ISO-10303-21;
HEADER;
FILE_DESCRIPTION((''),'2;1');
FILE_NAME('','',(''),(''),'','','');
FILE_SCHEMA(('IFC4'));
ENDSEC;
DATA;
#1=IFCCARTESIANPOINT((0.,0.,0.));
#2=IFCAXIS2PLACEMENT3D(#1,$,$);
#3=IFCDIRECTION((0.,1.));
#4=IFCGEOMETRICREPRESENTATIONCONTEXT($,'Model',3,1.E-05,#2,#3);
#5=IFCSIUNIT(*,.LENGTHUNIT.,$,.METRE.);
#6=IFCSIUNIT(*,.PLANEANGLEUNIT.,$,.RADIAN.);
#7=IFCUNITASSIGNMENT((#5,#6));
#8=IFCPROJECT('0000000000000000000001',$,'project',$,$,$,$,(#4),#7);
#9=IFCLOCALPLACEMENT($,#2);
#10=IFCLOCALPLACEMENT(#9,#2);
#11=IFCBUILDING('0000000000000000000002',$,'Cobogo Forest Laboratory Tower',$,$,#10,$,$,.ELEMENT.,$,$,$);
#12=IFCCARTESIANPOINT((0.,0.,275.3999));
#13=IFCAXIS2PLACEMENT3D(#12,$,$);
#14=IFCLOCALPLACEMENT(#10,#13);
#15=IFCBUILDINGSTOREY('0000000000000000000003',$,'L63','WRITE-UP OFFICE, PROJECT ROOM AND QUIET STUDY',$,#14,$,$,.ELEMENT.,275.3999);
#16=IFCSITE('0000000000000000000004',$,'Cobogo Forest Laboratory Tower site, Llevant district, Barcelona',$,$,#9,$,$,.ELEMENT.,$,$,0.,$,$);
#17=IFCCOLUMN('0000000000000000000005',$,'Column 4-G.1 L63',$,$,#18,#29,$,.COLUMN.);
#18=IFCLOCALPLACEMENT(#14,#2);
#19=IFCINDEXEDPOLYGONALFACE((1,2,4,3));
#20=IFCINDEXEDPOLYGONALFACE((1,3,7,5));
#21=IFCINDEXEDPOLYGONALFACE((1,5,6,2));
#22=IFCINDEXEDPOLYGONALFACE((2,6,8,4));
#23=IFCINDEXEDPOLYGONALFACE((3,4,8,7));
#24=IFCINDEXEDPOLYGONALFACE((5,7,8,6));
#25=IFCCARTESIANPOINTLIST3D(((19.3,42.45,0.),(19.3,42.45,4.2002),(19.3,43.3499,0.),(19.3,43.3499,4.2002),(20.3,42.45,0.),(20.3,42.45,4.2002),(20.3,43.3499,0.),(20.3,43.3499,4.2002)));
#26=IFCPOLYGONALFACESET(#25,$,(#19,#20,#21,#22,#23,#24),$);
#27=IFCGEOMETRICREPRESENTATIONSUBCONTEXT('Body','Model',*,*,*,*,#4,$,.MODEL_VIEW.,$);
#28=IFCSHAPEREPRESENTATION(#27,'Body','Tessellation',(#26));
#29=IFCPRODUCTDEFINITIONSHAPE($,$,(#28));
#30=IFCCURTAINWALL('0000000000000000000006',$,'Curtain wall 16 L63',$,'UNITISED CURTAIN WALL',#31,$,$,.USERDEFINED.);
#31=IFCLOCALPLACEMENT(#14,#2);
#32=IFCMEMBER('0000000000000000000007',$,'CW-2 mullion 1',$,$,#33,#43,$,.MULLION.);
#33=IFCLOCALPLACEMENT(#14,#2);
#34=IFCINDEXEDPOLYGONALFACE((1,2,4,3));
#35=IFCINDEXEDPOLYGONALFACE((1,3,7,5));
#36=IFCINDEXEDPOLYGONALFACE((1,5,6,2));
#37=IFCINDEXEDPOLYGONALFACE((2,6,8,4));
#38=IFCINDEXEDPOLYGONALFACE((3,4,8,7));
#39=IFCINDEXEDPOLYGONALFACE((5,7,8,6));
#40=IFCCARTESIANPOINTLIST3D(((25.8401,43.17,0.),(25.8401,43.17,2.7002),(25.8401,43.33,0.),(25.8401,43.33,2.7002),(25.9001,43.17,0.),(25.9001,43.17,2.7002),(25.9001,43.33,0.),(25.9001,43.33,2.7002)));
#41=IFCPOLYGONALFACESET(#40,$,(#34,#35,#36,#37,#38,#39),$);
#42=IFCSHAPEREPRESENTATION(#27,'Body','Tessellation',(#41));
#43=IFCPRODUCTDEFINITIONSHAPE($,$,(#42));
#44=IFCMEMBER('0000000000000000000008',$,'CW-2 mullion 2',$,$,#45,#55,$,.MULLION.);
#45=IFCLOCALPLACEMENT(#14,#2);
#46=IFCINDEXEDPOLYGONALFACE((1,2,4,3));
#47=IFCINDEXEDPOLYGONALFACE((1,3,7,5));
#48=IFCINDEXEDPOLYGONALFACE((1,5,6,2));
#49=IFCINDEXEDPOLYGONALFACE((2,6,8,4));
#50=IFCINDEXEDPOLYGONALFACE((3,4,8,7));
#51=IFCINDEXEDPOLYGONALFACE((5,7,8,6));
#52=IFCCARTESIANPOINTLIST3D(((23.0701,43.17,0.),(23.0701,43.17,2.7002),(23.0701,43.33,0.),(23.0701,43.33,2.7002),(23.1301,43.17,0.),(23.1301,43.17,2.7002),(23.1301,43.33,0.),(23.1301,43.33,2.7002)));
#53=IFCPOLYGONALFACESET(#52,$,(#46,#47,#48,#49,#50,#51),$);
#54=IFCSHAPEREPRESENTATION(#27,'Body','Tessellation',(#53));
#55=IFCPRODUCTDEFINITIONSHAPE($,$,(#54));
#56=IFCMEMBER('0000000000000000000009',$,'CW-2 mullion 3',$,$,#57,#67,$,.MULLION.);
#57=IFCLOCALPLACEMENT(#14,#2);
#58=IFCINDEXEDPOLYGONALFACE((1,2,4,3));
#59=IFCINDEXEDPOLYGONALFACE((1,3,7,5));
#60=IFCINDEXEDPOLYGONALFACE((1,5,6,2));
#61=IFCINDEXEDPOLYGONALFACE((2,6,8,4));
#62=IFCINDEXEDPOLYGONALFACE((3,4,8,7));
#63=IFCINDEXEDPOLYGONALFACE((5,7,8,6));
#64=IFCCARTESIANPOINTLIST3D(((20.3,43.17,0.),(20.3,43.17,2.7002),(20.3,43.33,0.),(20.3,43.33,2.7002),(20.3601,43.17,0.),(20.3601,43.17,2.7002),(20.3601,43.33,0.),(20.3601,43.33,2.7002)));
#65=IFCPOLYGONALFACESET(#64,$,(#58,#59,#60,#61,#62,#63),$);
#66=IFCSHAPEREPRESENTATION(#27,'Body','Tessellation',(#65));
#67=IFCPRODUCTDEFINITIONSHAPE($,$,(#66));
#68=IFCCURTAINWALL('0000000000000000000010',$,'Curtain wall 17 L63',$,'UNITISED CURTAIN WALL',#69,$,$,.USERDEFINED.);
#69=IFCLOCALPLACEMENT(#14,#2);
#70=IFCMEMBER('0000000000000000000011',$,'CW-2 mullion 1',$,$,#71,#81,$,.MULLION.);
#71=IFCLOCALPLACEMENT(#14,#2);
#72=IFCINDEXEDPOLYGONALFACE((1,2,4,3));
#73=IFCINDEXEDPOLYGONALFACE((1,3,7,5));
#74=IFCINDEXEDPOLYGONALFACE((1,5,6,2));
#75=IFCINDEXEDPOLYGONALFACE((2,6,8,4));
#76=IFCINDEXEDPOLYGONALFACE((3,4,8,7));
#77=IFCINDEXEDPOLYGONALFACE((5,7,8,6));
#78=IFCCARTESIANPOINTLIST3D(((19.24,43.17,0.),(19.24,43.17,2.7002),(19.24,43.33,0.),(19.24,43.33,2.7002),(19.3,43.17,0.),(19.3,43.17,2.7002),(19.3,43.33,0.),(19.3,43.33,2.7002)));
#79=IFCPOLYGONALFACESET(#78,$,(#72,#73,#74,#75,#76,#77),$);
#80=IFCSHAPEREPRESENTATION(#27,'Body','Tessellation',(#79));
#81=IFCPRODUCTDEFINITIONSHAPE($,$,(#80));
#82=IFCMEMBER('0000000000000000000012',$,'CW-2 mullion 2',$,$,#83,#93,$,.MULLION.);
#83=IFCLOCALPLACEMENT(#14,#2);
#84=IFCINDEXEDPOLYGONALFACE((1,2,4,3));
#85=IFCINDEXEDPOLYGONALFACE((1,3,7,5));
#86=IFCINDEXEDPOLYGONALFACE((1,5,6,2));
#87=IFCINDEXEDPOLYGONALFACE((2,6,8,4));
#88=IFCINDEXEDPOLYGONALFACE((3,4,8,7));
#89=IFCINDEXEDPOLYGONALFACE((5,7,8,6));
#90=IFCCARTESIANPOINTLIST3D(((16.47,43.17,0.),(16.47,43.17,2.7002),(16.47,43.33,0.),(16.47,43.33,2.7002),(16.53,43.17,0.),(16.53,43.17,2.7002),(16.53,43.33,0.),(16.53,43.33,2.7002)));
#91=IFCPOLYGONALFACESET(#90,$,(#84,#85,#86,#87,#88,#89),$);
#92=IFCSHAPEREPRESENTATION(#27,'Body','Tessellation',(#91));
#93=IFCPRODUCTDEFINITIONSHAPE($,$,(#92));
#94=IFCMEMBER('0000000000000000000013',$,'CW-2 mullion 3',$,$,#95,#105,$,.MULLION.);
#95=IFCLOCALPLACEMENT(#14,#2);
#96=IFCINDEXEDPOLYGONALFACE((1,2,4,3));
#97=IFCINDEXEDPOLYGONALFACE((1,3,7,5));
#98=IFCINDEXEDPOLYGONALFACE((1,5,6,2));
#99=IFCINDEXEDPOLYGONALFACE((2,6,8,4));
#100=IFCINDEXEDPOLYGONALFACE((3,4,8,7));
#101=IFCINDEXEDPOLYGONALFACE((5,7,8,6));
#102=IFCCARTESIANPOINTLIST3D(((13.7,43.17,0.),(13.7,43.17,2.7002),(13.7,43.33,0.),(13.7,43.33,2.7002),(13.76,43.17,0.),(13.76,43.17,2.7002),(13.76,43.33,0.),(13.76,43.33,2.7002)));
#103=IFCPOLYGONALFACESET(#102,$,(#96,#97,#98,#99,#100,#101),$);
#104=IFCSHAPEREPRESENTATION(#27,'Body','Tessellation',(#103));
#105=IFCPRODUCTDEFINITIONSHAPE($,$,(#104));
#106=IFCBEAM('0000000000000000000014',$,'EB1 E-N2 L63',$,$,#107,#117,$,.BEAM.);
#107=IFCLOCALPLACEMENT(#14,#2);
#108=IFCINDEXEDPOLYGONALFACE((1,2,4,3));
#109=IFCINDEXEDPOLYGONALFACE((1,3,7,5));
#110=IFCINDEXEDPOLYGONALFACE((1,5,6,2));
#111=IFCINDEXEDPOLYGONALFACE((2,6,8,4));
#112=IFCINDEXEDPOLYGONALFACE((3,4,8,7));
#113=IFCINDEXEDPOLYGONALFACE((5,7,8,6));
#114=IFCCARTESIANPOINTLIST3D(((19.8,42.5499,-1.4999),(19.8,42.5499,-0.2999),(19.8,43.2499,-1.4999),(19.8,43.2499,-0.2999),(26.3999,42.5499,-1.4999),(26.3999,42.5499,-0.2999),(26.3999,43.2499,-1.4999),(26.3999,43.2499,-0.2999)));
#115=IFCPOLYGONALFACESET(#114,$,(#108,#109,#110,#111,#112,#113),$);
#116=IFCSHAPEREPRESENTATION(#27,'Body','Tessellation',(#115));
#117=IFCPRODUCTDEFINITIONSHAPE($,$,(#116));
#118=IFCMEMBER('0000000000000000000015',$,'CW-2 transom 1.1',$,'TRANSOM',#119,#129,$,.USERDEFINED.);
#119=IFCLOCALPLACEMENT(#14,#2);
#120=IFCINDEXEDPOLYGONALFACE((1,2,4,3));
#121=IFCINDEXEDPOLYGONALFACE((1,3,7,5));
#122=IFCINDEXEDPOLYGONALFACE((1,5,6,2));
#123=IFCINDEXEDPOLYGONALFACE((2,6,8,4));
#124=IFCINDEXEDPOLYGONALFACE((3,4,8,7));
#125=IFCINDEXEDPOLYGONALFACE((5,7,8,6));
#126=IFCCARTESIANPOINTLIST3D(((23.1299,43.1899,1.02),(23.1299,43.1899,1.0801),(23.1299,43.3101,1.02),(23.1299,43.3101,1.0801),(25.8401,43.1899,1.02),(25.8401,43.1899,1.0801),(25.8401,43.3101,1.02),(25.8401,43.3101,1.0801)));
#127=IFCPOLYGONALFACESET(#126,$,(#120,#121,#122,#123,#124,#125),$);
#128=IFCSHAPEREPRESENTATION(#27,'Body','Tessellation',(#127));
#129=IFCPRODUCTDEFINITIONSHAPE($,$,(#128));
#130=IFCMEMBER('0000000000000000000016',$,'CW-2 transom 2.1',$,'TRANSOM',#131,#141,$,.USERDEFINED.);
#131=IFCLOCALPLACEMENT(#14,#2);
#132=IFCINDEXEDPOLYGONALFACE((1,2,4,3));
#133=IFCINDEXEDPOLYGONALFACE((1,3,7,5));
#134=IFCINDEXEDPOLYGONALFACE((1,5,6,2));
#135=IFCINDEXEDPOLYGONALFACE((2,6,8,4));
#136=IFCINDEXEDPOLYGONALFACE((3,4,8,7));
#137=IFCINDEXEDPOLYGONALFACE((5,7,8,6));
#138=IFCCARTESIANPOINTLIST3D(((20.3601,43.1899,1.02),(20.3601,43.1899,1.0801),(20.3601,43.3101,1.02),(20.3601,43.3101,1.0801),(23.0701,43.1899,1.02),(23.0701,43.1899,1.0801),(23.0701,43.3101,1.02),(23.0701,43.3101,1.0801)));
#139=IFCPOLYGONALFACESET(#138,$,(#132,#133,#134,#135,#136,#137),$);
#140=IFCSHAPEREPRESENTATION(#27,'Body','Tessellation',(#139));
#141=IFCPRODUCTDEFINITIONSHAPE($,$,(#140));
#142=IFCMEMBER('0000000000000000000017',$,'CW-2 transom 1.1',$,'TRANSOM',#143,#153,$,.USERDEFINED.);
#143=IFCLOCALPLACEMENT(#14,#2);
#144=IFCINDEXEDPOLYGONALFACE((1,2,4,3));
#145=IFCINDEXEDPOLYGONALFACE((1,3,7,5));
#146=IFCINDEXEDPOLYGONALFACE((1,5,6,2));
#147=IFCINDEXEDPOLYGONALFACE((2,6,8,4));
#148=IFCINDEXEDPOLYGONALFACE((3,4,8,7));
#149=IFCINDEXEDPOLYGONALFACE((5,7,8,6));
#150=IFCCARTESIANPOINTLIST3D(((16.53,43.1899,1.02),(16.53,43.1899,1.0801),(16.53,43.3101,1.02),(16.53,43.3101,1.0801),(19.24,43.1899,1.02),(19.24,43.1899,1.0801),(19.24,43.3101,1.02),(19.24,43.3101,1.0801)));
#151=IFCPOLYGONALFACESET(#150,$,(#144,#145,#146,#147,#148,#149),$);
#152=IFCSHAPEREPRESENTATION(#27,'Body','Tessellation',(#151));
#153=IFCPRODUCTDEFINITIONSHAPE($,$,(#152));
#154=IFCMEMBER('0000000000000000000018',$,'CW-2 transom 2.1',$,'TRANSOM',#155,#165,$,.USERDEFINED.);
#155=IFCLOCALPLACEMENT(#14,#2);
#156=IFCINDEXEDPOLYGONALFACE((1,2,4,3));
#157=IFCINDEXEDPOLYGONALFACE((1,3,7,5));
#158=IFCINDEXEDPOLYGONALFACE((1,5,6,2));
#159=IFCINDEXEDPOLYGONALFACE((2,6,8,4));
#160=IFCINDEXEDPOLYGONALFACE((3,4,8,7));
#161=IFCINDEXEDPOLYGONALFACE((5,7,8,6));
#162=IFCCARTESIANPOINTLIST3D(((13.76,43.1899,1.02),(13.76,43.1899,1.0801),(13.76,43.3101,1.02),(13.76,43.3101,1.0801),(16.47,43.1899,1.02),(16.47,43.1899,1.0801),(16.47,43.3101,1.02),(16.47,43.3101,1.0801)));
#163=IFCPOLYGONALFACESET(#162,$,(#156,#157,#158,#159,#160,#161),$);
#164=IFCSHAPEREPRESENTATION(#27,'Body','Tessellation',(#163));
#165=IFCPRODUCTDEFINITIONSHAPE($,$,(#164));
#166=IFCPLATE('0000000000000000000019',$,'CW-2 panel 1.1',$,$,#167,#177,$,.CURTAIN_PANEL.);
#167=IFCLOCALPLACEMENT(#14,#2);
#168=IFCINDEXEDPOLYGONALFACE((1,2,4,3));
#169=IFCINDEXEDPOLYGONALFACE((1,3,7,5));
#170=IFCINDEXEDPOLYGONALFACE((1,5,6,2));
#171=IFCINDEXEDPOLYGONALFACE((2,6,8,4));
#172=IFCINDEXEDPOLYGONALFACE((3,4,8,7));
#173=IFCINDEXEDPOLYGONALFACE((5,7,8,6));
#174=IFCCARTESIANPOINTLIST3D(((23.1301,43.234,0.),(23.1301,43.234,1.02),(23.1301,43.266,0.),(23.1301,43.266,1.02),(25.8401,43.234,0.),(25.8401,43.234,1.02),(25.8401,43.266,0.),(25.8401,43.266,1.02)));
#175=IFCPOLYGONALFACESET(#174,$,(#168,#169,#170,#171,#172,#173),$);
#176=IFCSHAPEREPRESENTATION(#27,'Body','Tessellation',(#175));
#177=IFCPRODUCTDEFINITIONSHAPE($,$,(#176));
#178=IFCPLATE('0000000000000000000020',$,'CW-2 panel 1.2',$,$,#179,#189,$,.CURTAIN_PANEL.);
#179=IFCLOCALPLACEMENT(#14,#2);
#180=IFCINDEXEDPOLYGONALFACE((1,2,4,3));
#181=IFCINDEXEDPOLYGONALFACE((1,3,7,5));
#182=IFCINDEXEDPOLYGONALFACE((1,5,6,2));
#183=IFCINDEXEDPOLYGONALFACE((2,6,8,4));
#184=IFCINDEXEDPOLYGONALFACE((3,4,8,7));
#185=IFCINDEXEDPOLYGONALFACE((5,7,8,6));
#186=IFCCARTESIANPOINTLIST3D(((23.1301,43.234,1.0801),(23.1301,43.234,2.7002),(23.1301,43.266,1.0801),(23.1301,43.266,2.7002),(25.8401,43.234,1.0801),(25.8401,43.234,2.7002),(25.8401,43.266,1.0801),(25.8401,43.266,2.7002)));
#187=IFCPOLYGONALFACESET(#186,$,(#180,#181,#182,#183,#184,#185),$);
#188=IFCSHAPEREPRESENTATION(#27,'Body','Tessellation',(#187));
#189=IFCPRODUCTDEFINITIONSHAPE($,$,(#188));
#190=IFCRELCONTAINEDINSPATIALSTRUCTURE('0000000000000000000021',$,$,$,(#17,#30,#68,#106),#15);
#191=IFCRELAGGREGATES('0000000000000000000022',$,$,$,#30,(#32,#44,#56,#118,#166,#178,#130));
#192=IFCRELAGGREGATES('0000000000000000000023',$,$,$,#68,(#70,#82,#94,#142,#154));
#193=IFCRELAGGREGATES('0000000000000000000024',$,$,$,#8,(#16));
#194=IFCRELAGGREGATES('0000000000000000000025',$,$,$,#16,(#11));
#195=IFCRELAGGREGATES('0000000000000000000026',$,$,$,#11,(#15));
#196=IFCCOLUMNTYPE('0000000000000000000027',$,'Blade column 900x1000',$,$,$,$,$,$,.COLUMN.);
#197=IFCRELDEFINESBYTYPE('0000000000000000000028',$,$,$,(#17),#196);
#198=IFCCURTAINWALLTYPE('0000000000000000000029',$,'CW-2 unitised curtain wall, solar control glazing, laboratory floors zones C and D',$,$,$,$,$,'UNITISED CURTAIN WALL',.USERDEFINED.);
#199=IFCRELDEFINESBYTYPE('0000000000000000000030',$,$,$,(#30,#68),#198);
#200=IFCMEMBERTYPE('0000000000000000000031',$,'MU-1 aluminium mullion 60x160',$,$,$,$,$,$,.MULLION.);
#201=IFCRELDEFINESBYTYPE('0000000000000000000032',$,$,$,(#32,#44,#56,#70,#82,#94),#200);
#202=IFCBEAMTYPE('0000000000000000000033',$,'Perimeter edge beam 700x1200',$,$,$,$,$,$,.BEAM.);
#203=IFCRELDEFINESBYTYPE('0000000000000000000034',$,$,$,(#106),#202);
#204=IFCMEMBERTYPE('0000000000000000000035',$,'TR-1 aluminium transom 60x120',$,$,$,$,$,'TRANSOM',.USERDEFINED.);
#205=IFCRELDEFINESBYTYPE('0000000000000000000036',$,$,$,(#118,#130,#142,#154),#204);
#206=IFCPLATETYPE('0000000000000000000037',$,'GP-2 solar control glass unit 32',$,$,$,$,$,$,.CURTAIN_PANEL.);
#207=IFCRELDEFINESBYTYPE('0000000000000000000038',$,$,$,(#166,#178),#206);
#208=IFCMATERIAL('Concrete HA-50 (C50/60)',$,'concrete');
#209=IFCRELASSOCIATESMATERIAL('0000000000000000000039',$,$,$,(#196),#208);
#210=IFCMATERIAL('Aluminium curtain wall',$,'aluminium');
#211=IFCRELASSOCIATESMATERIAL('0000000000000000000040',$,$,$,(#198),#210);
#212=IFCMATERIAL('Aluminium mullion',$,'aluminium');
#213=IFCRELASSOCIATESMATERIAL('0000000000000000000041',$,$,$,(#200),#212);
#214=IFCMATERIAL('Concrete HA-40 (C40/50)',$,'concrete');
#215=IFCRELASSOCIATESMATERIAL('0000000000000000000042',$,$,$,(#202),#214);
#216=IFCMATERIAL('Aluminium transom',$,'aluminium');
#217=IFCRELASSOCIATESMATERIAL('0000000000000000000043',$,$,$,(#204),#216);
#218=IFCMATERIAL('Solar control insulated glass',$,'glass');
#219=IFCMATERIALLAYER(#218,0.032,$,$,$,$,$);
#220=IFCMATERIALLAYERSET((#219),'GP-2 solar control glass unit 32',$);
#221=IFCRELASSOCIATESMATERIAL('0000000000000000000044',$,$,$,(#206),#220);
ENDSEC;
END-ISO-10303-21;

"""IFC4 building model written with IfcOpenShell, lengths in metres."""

from ifc_helpers import new_model, si_unit, direction, frame, origin, origin_2d, place, context, subcontext, project, spatial, rectangle, extrude, material, layer, layer_set, material_profile, profile_set, type_object, element, aggregate, save


model = new_model("IFC4")

# Units and contexts
model_context = context("Model", 3, precision=1e-05, world=origin(), true_north=direction((0.0, 1.0)))
body_context = subcontext(model_context, "Body", "Model", "MODEL_VIEW")
ifc_project = project(units=[si_unit("LENGTHUNIT", "METRE"), si_unit("PLANEANGLEUNIT", "RADIAN")], contexts=[model_context])

# Site, building, storey
site_placement = place(None, origin())
site = spatial("IfcSite", under=ifc_project, at=site_placement, Name="Cobogo Forest Laboratory Tower site, Llevant district, Barcelona", CompositionType="ELEMENT", RefElevation=0.0)
building_placement = place(site_placement, origin())
building = spatial("IfcBuilding", under=site, at=building_placement, Name="Cobogo Forest Laboratory Tower", CompositionType="ELEMENT")
storey_placement = place(building_placement, frame((0.0, 0.0, 275.3999)))
storey = spatial("IfcBuildingStorey", under=building, at=storey_placement, Name="L63", Description="WRITE-UP OFFICE, PROJECT ROOM AND QUIET STUDY", CompositionType="ELEMENT", Elevation=275.3999)

# Column
ifc_material_1 = material(Name="Concrete HA-50 (C50/60)", Category="concrete")
ifc_material_profile_1 = material_profile(ifc_material_1, rectangle(XDim=1.0, YDim=0.8999, at=origin_2d()), Name="RC 900x1000")
ifc_profile_set_1 = profile_set([ifc_material_profile_1], Name="Concrete HA-50 (C50/60)")
column_type = type_object("IfcColumnType", Name="Blade column 900x1000", PredefinedType="COLUMN", material=ifc_profile_set_1)
column_placement = place(storey_placement, frame((19.8, 42.8999, 0.0), z_axis=(0.0, 0.0, 1.0), x_axis=(1.0, 0.0, 0.0)))
element("IfcColumn", 1, at=column_placement, inside=storey, type_object=column_type, Name="Column 4-G.1 L63", PredefinedType="COLUMN", context=body_context, shape_type="SweptSolid", body=[
    extrude(rectangle(XDim=1.0, YDim=0.8999, at=origin_2d()), origin(), (0.0, 0.0, 1.0), 4.2002),
])

# Curtain walls, members
ifc_material_2 = material(Name="Aluminium curtain wall", Category="aluminium")
curtain_wall_type = type_object("IfcCurtainWallType", Name="CW-2 unitised curtain wall, solar control glazing, laboratory floors zones C and D", ElementType="UNITISED CURTAIN WALL", PredefinedType="USERDEFINED", material=ifc_material_2)
curtain_wall_1_placement = place(storey_placement, origin())
curtain_wall_1 = element("IfcCurtainWall", 2, at=curtain_wall_1_placement, inside=storey, type_object=curtain_wall_type, Name="Curtain wall 16 L63", ObjectType="UNITISED CURTAIN WALL", PredefinedType="USERDEFINED")
ifc_material_3 = material(Name="Aluminium mullion", Category="aluminium")
ifc_material_profile_2 = material_profile(ifc_material_3, rectangle(XDim=0.0601, YDim=0.1599, at=origin_2d()), Name="AL 60x160")
ifc_profile_set_2 = profile_set([ifc_material_profile_2], Name="Aluminium mullion")
member_type_1 = type_object("IfcMemberType", Name="MU-1 aluminium mullion 60x160", PredefinedType="MULLION", material=ifc_profile_set_2)
member_1_placement = place(storey_placement, frame((25.8701, 43.25, 0.0), z_axis=(0.0, 0.0, 1.0), x_axis=(-1.0, 0.0, 0.0)))
member_1 = element("IfcMember", 3, at=member_1_placement, type_object=member_type_1, Name="CW-2 mullion 1", PredefinedType="MULLION", context=body_context, shape_type="SweptSolid", body=[
    extrude(rectangle(XDim=0.0601, YDim=0.1599, at=origin_2d()), origin(), (0.0, 0.0, 1.0), 2.7002),
])
member_2_placement = place(storey_placement, frame((23.1001, 43.25, 0.0), z_axis=(0.0, 0.0, 1.0), x_axis=(-1.0, 0.0, 0.0)))
member_2 = element("IfcMember", 4, at=member_2_placement, type_object=member_type_1, Name="CW-2 mullion 2", PredefinedType="MULLION", context=body_context, shape_type="SweptSolid", body=[
    extrude(rectangle(XDim=0.0601, YDim=0.1599, at=origin_2d()), origin(), (0.0, 0.0, 1.0), 2.7002),
])
member_3_placement = place(storey_placement, frame((20.3301, 43.25, 0.0), z_axis=(0.0, 0.0, 1.0), x_axis=(-1.0, 0.0, 0.0)))
member_3 = element("IfcMember", 5, at=member_3_placement, type_object=member_type_1, Name="CW-2 mullion 3", PredefinedType="MULLION", context=body_context, shape_type="SweptSolid", body=[
    extrude(rectangle(XDim=0.0601, YDim=0.1599, at=origin_2d()), origin(), (0.0, 0.0, 1.0), 2.7002),
])
curtain_wall_2_placement = place(storey_placement, origin())
curtain_wall_2 = element("IfcCurtainWall", 6, at=curtain_wall_2_placement, inside=storey, type_object=curtain_wall_type, Name="Curtain wall 17 L63", ObjectType="UNITISED CURTAIN WALL", PredefinedType="USERDEFINED")
member_4_placement = place(storey_placement, frame((19.27, 43.25, 0.0), z_axis=(0.0, 0.0, 1.0), x_axis=(-1.0, 0.0, 0.0)))
member_4 = element("IfcMember", 7, at=member_4_placement, type_object=member_type_1, Name="CW-2 mullion 1", PredefinedType="MULLION", context=body_context, shape_type="SweptSolid", body=[
    extrude(rectangle(XDim=0.0601, YDim=0.1599, at=origin_2d()), origin(), (0.0, 0.0, 1.0), 2.7002),
])
member_5_placement = place(storey_placement, frame((16.5, 43.25, 0.0), z_axis=(0.0, 0.0, 1.0), x_axis=(-1.0, 0.0, 0.0)))
member_5 = element("IfcMember", 8, at=member_5_placement, type_object=member_type_1, Name="CW-2 mullion 2", PredefinedType="MULLION", context=body_context, shape_type="SweptSolid", body=[
    extrude(rectangle(XDim=0.0601, YDim=0.1599, at=origin_2d()), origin(), (0.0, 0.0, 1.0), 2.7002),
])
member_6_placement = place(storey_placement, frame((13.73, 43.25, 0.0), z_axis=(0.0, 0.0, 1.0), x_axis=(-1.0, 0.0, 0.0)))
member_6 = element("IfcMember", 9, at=member_6_placement, type_object=member_type_1, Name="CW-2 mullion 3", PredefinedType="MULLION", context=body_context, shape_type="SweptSolid", body=[
    extrude(rectangle(XDim=0.0601, YDim=0.1599, at=origin_2d()), origin(), (0.0, 0.0, 1.0), 2.7002),
])

# Beam
ifc_material_4 = material(Name="Concrete HA-40 (C40/50)", Category="concrete")
ifc_material_profile_3 = material_profile(ifc_material_4, rectangle(XDim=0.7, YDim=1.2, at=origin_2d()), Name="RC 700x1200")
ifc_profile_set_3 = profile_set([ifc_material_profile_3], Name="Concrete HA-40 (C40/50)")
beam_type = type_object("IfcBeamType", Name="Perimeter edge beam 700x1200", PredefinedType="BEAM", material=ifc_profile_set_3)
beam_placement = place(storey_placement, frame((19.8, 42.8999, -0.8999), z_axis=(1.0, 0.0, 0.0), x_axis=(0.0, 1.0, 0.0)))
element("IfcBeam", 10, at=beam_placement, inside=storey, type_object=beam_type, Name="EB1 E-N2 L63", PredefinedType="BEAM", context=body_context, shape_type="SweptSolid", body=[
    extrude(rectangle(XDim=0.7, YDim=1.2, at=origin_2d()), origin(), (0.0, 0.0, 1.0), 6.5999),
])

# Members
ifc_material_5 = material(Name="Aluminium transom", Category="aluminium")
ifc_material_profile_4 = material_profile(ifc_material_5, rectangle(XDim=0.1201, YDim=0.0601, at=origin_2d()), Name="AL 60x120")
ifc_profile_set_4 = profile_set([ifc_material_profile_4], Name="Aluminium transom")
member_type_2 = type_object("IfcMemberType", Name="TR-1 aluminium transom 60x120", ElementType="TRANSOM", PredefinedType="USERDEFINED", material=ifc_profile_set_4)
member_7_placement = place(storey_placement, frame((25.8401, 43.25, 1.05), z_axis=(-1.0, 0.0, 0.0), x_axis=(0.0, -1.0, 0.0)))
member_7 = element("IfcMember", 11, at=member_7_placement, type_object=member_type_2, Name="CW-2 transom 1.1", ObjectType="TRANSOM", PredefinedType="USERDEFINED", context=body_context, shape_type="SweptSolid", body=[
    extrude(rectangle(XDim=0.1201, YDim=0.0601, at=origin_2d()), origin(), (0.0, 0.0, 1.0), 2.7102),
])
member_8_placement = place(storey_placement, frame((23.0701, 43.25, 1.05), z_axis=(-1.0, 0.0, 0.0), x_axis=(0.0, -1.0, 0.0)))
member_8 = element("IfcMember", 12, at=member_8_placement, type_object=member_type_2, Name="CW-2 transom 2.1", ObjectType="TRANSOM", PredefinedType="USERDEFINED", context=body_context, shape_type="SweptSolid", body=[
    extrude(rectangle(XDim=0.1201, YDim=0.0601, at=origin_2d()), origin(), (0.0, 0.0, 1.0), 2.71),
])
member_9_placement = place(storey_placement, frame((19.24, 43.25, 1.05), z_axis=(-1.0, 0.0, 0.0), x_axis=(0.0, -1.0, 0.0)))
member_9 = element("IfcMember", 13, at=member_9_placement, type_object=member_type_2, Name="CW-2 transom 1.1", ObjectType="TRANSOM", PredefinedType="USERDEFINED", context=body_context, shape_type="SweptSolid", body=[
    extrude(rectangle(XDim=0.1201, YDim=0.0601, at=origin_2d()), origin(), (0.0, 0.0, 1.0), 2.71),
])
member_10_placement = place(storey_placement, frame((16.47, 43.25, 1.05), z_axis=(-1.0, 0.0, 0.0), x_axis=(0.0, -1.0, 0.0)))
member_10 = element("IfcMember", 14, at=member_10_placement, type_object=member_type_2, Name="CW-2 transom 2.1", ObjectType="TRANSOM", PredefinedType="USERDEFINED", context=body_context, shape_type="SweptSolid", body=[
    extrude(rectangle(XDim=0.1201, YDim=0.0601, at=origin_2d()), origin(), (0.0, 0.0, 1.0), 2.71),
])

# Plates
ifc_material_6 = material(Name="Solar control insulated glass", Category="glass")
ifc_layer_1 = layer(ifc_material_6, 0.032)
ifc_layer_set_1 = layer_set([ifc_layer_1], Name="GP-2 solar control glass unit 32")
plate_type_1 = type_object("IfcPlateType", Name="GP-2 solar control glass unit 32", PredefinedType="CURTAIN_PANEL", material=ifc_layer_set_1)
plate_1_placement = place(storey_placement, frame((24.4851, 43.25, 0.0), z_axis=(0.0, 0.0, 1.0), x_axis=(-1.0, 0.0, 0.0)))
plate_1 = element("IfcPlate", 15, at=plate_1_placement, type_object=plate_type_1, Name="CW-2 panel 1.1", PredefinedType="CURTAIN_PANEL", context=body_context, shape_type="SweptSolid", body=[
    extrude(rectangle(XDim=2.71, YDim=0.032, at=origin_2d()), origin(), (0.0, 0.0, 1.0), 1.02),
])
plate_2_placement = place(storey_placement, frame((24.4851, 43.25, 1.0801), z_axis=(0.0, 0.0, 1.0), x_axis=(-1.0, 0.0, 0.0)))
plate_2 = element("IfcPlate", 16, at=plate_2_placement, type_object=plate_type_1, Name="CW-2 panel 1.2", PredefinedType="CURTAIN_PANEL", context=body_context, shape_type="SweptSolid", body=[
    extrude(rectangle(XDim=2.71, YDim=0.032, at=origin_2d()), origin(), (0.0, 0.0, 1.0), 1.6201),
])
aggregate(curtain_wall_1, [member_1, member_2, member_3, member_7, plate_1, plate_2, member_8])
aggregate(curtain_wall_2, [member_4, member_5, member_6, member_9, member_10])

save(model, "model.ifc")
